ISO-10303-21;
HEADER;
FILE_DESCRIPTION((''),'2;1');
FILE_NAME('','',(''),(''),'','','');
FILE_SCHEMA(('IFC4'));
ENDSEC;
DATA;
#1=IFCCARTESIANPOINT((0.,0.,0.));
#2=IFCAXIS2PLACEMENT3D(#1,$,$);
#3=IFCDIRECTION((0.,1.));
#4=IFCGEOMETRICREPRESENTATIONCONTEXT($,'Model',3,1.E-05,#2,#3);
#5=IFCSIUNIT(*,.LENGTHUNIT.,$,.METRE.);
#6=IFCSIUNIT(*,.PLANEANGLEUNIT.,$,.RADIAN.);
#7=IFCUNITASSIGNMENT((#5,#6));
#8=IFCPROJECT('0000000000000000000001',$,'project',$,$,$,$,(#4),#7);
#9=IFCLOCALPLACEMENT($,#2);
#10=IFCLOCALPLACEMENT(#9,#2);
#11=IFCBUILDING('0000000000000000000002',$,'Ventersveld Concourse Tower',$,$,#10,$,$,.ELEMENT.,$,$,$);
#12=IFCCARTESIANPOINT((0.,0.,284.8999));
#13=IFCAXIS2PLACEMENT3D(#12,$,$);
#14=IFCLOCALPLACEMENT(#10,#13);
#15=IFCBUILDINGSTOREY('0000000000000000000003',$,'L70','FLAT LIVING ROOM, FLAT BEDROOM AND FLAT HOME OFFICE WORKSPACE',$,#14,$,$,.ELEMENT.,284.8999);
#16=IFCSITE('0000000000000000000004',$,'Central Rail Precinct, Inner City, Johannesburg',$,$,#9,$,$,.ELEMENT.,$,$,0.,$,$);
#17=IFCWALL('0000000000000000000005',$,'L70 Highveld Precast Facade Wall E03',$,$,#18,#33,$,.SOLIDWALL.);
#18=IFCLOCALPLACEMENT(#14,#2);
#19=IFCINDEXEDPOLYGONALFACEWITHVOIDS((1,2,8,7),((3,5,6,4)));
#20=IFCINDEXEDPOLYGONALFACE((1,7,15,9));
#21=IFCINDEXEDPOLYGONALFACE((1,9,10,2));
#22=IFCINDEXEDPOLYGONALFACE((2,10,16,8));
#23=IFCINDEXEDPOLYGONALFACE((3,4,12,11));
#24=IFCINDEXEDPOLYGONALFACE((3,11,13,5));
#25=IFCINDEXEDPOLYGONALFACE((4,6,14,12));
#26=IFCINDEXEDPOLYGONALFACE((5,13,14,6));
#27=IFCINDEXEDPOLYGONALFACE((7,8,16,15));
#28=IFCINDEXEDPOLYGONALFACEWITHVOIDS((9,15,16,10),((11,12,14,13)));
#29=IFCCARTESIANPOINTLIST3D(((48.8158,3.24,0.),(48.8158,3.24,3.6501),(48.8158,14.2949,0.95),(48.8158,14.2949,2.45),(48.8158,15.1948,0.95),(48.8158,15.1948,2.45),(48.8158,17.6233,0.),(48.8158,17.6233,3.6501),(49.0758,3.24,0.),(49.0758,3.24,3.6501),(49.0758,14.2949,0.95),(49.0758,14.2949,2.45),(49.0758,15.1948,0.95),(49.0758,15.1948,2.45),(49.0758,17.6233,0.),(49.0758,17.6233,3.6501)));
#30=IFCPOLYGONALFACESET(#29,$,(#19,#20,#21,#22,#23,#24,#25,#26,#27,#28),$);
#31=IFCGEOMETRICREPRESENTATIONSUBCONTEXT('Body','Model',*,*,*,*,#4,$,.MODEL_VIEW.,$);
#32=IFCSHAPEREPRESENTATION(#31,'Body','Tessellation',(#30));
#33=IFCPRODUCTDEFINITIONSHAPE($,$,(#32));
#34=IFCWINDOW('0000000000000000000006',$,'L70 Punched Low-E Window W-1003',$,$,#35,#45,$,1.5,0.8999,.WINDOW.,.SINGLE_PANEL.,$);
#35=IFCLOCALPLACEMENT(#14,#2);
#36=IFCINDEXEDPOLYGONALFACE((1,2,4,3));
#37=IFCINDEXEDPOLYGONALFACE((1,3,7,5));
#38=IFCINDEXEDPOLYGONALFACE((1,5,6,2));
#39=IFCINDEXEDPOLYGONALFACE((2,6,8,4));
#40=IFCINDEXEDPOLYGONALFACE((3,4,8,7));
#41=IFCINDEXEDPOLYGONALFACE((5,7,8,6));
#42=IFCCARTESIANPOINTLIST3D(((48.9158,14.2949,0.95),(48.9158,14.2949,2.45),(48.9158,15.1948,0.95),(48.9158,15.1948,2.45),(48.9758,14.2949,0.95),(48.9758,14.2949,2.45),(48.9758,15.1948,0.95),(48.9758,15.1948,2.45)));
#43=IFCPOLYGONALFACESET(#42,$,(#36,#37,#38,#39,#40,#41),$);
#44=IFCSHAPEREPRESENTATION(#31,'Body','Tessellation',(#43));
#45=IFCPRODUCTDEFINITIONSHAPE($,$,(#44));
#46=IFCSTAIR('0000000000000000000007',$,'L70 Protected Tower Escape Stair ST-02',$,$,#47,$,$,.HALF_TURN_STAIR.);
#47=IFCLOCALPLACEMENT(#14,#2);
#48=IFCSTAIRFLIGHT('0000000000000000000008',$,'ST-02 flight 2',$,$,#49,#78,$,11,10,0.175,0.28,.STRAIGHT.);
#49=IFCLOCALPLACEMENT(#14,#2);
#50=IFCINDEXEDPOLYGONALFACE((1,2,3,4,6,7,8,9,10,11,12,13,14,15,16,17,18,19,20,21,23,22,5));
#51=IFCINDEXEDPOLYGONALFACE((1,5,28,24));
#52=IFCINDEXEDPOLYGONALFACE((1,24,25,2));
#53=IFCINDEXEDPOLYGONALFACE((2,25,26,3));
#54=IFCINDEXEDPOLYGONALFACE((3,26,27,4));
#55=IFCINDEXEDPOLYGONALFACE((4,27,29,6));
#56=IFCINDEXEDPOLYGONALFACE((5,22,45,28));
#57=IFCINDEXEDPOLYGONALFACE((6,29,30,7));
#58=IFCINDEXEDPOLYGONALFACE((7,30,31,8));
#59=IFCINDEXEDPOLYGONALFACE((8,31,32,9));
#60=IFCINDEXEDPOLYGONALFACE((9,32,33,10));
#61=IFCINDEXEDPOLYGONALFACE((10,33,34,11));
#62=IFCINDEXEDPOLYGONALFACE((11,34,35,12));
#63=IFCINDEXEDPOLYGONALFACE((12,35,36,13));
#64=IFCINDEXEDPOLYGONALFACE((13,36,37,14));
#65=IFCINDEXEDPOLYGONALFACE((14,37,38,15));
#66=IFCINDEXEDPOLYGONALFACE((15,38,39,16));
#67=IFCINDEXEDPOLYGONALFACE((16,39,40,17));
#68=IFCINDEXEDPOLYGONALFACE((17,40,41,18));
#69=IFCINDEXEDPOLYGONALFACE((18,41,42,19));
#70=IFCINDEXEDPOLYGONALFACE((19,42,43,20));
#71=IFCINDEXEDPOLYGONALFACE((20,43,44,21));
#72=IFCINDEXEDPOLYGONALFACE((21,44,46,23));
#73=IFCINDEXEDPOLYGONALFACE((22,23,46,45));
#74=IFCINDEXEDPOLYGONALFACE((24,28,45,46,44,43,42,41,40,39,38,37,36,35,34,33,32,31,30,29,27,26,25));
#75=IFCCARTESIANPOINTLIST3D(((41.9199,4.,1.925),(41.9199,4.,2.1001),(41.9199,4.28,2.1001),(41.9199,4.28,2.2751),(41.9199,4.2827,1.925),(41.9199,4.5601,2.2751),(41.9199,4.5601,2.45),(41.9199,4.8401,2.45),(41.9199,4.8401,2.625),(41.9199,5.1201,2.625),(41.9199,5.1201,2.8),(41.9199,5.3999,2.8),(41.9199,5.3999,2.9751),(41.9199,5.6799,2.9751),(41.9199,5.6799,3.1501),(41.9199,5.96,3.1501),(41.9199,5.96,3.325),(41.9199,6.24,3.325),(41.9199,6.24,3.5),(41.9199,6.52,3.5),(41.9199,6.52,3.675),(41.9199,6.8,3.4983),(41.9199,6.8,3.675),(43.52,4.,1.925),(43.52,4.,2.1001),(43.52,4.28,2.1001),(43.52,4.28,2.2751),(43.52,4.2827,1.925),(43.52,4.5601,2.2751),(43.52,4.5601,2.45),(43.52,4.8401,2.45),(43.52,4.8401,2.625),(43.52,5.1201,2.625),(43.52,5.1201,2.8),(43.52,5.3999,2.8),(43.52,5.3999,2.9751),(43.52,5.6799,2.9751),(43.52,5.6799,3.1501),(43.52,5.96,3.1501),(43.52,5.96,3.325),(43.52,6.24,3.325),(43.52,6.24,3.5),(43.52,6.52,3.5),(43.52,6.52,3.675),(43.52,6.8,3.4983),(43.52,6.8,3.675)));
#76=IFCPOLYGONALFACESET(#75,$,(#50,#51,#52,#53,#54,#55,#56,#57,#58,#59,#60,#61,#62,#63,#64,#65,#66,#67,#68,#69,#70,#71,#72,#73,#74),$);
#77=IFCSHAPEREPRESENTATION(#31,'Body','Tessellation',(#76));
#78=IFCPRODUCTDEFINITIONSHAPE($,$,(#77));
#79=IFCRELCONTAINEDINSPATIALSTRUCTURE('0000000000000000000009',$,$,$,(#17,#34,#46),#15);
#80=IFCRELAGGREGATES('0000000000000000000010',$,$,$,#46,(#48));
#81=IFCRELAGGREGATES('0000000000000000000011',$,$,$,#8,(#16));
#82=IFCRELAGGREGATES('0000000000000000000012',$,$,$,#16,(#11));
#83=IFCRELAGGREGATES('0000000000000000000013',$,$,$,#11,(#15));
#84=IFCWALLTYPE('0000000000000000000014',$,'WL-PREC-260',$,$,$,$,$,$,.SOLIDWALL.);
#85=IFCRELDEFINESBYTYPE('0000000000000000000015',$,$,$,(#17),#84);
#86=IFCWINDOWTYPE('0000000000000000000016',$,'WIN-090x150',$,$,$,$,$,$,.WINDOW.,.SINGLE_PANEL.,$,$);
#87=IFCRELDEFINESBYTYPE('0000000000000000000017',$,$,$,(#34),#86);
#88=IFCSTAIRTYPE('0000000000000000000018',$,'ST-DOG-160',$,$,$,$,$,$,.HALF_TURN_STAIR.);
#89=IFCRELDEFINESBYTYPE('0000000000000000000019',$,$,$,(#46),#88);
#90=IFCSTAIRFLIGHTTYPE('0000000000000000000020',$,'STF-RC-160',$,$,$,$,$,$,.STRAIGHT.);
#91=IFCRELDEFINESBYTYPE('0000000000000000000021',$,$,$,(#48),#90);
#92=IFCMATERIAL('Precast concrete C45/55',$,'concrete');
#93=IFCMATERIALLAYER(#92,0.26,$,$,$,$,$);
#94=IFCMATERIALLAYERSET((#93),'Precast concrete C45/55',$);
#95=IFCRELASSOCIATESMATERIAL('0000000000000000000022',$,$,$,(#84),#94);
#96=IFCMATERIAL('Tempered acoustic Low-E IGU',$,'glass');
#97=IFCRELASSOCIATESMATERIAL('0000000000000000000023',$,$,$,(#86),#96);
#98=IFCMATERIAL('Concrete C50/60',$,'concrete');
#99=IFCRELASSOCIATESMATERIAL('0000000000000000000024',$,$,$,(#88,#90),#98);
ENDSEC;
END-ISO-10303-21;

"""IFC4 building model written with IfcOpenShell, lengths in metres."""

from ifc_helpers import new_model, si_unit, direction, frame, frame_2d, origin, place, context, subcontext, project, spatial, polyline, rectangle, outline, extrude, material, layer, layer_set, type_object, element, fill, aggregate, save


model = new_model("IFC4")

# Units and contexts
model_context = context("Model", 3, precision=1e-05, world=origin(), true_north=direction((0.0, 1.0)))
body_context = subcontext(model_context, "Body", "Model", "MODEL_VIEW")
ifc_project = project(units=[si_unit("LENGTHUNIT", "METRE"), si_unit("PLANEANGLEUNIT", "RADIAN")], contexts=[model_context])

# Site, building, storey
site_placement = place(None, origin())
site = spatial("IfcSite", under=ifc_project, at=site_placement, Name="Central Rail Precinct, Inner City, Johannesburg", CompositionType="ELEMENT", RefElevation=0.0)
building_placement = place(site_placement, origin())
building = spatial("IfcBuilding", under=site, at=building_placement, Name="Ventersveld Concourse Tower", CompositionType="ELEMENT")
storey_placement = place(building_placement, frame((0.0, 0.0, 284.8999)))
storey = spatial("IfcBuildingStorey", under=building, at=storey_placement, Name="L70", Description="FLAT LIVING ROOM, FLAT BEDROOM AND FLAT HOME OFFICE WORKSPACE", CompositionType="ELEMENT", Elevation=284.8999)

# Shared definitions
ifc_material_1 = material(Name="Concrete C50/60", Category="concrete")

# Shared definitions
ifc_material_2 = material(Name="Precast concrete C45/55", Category="concrete")
ifc_layer_1 = layer(ifc_material_2, 0.26)
ifc_layer_set_1 = layer_set([ifc_layer_1], Name="Precast concrete C45/55")
wall_type_1 = type_object("IfcWallType", Name="WL-PREC-260", PredefinedType="SOLIDWALL", material=ifc_layer_set_1)

# Wall, opening, window
ifc_material_3 = material(Name="Tempered acoustic Low-E IGU", Category="glass")
wall_1_placement = place(storey_placement, frame((48.9458, 3.24, 0.0), z_axis=(0.0, 0.0, 1.0), x_axis=(0.0, 1.0, 0.0)))
wall_1 = element("IfcWall", 1, at=wall_1_placement, inside=storey, type_object=wall_type_1, Name="L70 Highveld Precast Facade Wall E03", PredefinedType="SOLIDWALL", context=body_context, shape_type="SweptSolid", body=[
    extrude(rectangle(XDim=14.3833, YDim=0.26, at=frame_2d((7.1917, 0.0))), origin(), (0.0, 0.0, 1.0), 3.6501),
])
opening_1_placement = place(wall_1_placement, frame((11.0549, 0.0, 0.95)))
opening_1 = element("IfcOpeningElement", 2, at=opening_1_placement, cuts=wall_1, PredefinedType="OPENING", context=body_context, shape_type="SweptSolid", body=[
    extrude(rectangle(XDim=0.8999, YDim=1.5, at=frame_2d((0.45, 0.75))), frame((0.0, 0.1401, 0.0), z_axis=(0.0, -1.0, 0.0), x_axis=(1.0, 0.0, 0.0)), (0.0, 0.0, 1.0), 0.28),
])
window_type_1 = type_object("IfcWindowType", Name="WIN-090x150", PartitioningType="SINGLE_PANEL", PredefinedType="WINDOW", material=ifc_material_3)
window_1_placement = place(opening_1_placement, origin())
window_1 = element("IfcWindow", 3, at=window_1_placement, inside=storey, type_object=window_type_1, Name="L70 Punched Low-E Window W-1003", OverallHeight=1.5, OverallWidth=0.8999, PartitioningType="SINGLE_PANEL", PredefinedType="WINDOW", context=body_context, shape_type="SweptSolid", body=[
    extrude(rectangle(XDim=0.8999, YDim=1.5, at=frame_2d((0.45, 0.75))), frame((0.0, 0.03, 0.0), z_axis=(0.0, -1.0, 0.0), x_axis=(1.0, 0.0, 0.0)), (0.0, 0.0, 1.0), 0.0601),
])
fill(opening_1, window_1)

# Stair, stair flight
stair_type = type_object("IfcStairType", Name="ST-DOG-160", PredefinedType="HALF_TURN_STAIR", material=ifc_material_1)
stair_placement = place(storey_placement, origin())
stair = element("IfcStair", 4, at=stair_placement, inside=storey, type_object=stair_type, Name="L70 Protected Tower Escape Stair ST-02", PredefinedType="HALF_TURN_STAIR")
stair_flight_type = type_object("IfcStairFlightType", Name="STF-RC-160", PredefinedType="STRAIGHT", material=ifc_material_1)
stair_flight_placement = place(storey_placement, frame((42.72, 4.0, 1.925), z_axis=(0.0, 0.0, 1.0), x_axis=(0.0, 1.0, 0.0)))
stair_flight = element("IfcStairFlight", 5, at=stair_flight_placement, type_object=stair_flight_type, Name="ST-02 flight 2", NumberOfRisers=11, NumberOfTreads=10, PredefinedType="STRAIGHT", RiserHeight=0.175, TreadLength=0.28, context=body_context, shape_type="SweptSolid", body=[
    extrude(outline(polyline([(0.0, 0.0), (0.0, 0.175), (0.28, 0.175), (0.28, 0.3501), (0.5601, 0.3501), (0.5601, 0.5249), (0.8401, 0.5249), (0.8401, 0.7), (1.1201, 0.7), (1.1201, 0.875), (1.3999, 0.875), (1.3999, 1.05), (1.6799, 1.05), (1.6799, 1.2251), (1.96, 1.2251), (1.96, 1.3999), (2.24, 1.3999), (2.24, 1.575), (2.52, 1.575), (2.52, 1.75), (2.8, 1.75), (2.8, 1.925), (2.8, 1.5732), (0.2827, 0.0), (0.0, 0.0)])), frame((0.0, 0.8, 0.0), z_axis=(0.0, -1.0, 0.0), x_axis=(1.0, 0.0, 0.0)), (0.0, 0.0, 1.0), 1.6001),
])
aggregate(stair, [stair_flight])

save(model, "model.ifc")
